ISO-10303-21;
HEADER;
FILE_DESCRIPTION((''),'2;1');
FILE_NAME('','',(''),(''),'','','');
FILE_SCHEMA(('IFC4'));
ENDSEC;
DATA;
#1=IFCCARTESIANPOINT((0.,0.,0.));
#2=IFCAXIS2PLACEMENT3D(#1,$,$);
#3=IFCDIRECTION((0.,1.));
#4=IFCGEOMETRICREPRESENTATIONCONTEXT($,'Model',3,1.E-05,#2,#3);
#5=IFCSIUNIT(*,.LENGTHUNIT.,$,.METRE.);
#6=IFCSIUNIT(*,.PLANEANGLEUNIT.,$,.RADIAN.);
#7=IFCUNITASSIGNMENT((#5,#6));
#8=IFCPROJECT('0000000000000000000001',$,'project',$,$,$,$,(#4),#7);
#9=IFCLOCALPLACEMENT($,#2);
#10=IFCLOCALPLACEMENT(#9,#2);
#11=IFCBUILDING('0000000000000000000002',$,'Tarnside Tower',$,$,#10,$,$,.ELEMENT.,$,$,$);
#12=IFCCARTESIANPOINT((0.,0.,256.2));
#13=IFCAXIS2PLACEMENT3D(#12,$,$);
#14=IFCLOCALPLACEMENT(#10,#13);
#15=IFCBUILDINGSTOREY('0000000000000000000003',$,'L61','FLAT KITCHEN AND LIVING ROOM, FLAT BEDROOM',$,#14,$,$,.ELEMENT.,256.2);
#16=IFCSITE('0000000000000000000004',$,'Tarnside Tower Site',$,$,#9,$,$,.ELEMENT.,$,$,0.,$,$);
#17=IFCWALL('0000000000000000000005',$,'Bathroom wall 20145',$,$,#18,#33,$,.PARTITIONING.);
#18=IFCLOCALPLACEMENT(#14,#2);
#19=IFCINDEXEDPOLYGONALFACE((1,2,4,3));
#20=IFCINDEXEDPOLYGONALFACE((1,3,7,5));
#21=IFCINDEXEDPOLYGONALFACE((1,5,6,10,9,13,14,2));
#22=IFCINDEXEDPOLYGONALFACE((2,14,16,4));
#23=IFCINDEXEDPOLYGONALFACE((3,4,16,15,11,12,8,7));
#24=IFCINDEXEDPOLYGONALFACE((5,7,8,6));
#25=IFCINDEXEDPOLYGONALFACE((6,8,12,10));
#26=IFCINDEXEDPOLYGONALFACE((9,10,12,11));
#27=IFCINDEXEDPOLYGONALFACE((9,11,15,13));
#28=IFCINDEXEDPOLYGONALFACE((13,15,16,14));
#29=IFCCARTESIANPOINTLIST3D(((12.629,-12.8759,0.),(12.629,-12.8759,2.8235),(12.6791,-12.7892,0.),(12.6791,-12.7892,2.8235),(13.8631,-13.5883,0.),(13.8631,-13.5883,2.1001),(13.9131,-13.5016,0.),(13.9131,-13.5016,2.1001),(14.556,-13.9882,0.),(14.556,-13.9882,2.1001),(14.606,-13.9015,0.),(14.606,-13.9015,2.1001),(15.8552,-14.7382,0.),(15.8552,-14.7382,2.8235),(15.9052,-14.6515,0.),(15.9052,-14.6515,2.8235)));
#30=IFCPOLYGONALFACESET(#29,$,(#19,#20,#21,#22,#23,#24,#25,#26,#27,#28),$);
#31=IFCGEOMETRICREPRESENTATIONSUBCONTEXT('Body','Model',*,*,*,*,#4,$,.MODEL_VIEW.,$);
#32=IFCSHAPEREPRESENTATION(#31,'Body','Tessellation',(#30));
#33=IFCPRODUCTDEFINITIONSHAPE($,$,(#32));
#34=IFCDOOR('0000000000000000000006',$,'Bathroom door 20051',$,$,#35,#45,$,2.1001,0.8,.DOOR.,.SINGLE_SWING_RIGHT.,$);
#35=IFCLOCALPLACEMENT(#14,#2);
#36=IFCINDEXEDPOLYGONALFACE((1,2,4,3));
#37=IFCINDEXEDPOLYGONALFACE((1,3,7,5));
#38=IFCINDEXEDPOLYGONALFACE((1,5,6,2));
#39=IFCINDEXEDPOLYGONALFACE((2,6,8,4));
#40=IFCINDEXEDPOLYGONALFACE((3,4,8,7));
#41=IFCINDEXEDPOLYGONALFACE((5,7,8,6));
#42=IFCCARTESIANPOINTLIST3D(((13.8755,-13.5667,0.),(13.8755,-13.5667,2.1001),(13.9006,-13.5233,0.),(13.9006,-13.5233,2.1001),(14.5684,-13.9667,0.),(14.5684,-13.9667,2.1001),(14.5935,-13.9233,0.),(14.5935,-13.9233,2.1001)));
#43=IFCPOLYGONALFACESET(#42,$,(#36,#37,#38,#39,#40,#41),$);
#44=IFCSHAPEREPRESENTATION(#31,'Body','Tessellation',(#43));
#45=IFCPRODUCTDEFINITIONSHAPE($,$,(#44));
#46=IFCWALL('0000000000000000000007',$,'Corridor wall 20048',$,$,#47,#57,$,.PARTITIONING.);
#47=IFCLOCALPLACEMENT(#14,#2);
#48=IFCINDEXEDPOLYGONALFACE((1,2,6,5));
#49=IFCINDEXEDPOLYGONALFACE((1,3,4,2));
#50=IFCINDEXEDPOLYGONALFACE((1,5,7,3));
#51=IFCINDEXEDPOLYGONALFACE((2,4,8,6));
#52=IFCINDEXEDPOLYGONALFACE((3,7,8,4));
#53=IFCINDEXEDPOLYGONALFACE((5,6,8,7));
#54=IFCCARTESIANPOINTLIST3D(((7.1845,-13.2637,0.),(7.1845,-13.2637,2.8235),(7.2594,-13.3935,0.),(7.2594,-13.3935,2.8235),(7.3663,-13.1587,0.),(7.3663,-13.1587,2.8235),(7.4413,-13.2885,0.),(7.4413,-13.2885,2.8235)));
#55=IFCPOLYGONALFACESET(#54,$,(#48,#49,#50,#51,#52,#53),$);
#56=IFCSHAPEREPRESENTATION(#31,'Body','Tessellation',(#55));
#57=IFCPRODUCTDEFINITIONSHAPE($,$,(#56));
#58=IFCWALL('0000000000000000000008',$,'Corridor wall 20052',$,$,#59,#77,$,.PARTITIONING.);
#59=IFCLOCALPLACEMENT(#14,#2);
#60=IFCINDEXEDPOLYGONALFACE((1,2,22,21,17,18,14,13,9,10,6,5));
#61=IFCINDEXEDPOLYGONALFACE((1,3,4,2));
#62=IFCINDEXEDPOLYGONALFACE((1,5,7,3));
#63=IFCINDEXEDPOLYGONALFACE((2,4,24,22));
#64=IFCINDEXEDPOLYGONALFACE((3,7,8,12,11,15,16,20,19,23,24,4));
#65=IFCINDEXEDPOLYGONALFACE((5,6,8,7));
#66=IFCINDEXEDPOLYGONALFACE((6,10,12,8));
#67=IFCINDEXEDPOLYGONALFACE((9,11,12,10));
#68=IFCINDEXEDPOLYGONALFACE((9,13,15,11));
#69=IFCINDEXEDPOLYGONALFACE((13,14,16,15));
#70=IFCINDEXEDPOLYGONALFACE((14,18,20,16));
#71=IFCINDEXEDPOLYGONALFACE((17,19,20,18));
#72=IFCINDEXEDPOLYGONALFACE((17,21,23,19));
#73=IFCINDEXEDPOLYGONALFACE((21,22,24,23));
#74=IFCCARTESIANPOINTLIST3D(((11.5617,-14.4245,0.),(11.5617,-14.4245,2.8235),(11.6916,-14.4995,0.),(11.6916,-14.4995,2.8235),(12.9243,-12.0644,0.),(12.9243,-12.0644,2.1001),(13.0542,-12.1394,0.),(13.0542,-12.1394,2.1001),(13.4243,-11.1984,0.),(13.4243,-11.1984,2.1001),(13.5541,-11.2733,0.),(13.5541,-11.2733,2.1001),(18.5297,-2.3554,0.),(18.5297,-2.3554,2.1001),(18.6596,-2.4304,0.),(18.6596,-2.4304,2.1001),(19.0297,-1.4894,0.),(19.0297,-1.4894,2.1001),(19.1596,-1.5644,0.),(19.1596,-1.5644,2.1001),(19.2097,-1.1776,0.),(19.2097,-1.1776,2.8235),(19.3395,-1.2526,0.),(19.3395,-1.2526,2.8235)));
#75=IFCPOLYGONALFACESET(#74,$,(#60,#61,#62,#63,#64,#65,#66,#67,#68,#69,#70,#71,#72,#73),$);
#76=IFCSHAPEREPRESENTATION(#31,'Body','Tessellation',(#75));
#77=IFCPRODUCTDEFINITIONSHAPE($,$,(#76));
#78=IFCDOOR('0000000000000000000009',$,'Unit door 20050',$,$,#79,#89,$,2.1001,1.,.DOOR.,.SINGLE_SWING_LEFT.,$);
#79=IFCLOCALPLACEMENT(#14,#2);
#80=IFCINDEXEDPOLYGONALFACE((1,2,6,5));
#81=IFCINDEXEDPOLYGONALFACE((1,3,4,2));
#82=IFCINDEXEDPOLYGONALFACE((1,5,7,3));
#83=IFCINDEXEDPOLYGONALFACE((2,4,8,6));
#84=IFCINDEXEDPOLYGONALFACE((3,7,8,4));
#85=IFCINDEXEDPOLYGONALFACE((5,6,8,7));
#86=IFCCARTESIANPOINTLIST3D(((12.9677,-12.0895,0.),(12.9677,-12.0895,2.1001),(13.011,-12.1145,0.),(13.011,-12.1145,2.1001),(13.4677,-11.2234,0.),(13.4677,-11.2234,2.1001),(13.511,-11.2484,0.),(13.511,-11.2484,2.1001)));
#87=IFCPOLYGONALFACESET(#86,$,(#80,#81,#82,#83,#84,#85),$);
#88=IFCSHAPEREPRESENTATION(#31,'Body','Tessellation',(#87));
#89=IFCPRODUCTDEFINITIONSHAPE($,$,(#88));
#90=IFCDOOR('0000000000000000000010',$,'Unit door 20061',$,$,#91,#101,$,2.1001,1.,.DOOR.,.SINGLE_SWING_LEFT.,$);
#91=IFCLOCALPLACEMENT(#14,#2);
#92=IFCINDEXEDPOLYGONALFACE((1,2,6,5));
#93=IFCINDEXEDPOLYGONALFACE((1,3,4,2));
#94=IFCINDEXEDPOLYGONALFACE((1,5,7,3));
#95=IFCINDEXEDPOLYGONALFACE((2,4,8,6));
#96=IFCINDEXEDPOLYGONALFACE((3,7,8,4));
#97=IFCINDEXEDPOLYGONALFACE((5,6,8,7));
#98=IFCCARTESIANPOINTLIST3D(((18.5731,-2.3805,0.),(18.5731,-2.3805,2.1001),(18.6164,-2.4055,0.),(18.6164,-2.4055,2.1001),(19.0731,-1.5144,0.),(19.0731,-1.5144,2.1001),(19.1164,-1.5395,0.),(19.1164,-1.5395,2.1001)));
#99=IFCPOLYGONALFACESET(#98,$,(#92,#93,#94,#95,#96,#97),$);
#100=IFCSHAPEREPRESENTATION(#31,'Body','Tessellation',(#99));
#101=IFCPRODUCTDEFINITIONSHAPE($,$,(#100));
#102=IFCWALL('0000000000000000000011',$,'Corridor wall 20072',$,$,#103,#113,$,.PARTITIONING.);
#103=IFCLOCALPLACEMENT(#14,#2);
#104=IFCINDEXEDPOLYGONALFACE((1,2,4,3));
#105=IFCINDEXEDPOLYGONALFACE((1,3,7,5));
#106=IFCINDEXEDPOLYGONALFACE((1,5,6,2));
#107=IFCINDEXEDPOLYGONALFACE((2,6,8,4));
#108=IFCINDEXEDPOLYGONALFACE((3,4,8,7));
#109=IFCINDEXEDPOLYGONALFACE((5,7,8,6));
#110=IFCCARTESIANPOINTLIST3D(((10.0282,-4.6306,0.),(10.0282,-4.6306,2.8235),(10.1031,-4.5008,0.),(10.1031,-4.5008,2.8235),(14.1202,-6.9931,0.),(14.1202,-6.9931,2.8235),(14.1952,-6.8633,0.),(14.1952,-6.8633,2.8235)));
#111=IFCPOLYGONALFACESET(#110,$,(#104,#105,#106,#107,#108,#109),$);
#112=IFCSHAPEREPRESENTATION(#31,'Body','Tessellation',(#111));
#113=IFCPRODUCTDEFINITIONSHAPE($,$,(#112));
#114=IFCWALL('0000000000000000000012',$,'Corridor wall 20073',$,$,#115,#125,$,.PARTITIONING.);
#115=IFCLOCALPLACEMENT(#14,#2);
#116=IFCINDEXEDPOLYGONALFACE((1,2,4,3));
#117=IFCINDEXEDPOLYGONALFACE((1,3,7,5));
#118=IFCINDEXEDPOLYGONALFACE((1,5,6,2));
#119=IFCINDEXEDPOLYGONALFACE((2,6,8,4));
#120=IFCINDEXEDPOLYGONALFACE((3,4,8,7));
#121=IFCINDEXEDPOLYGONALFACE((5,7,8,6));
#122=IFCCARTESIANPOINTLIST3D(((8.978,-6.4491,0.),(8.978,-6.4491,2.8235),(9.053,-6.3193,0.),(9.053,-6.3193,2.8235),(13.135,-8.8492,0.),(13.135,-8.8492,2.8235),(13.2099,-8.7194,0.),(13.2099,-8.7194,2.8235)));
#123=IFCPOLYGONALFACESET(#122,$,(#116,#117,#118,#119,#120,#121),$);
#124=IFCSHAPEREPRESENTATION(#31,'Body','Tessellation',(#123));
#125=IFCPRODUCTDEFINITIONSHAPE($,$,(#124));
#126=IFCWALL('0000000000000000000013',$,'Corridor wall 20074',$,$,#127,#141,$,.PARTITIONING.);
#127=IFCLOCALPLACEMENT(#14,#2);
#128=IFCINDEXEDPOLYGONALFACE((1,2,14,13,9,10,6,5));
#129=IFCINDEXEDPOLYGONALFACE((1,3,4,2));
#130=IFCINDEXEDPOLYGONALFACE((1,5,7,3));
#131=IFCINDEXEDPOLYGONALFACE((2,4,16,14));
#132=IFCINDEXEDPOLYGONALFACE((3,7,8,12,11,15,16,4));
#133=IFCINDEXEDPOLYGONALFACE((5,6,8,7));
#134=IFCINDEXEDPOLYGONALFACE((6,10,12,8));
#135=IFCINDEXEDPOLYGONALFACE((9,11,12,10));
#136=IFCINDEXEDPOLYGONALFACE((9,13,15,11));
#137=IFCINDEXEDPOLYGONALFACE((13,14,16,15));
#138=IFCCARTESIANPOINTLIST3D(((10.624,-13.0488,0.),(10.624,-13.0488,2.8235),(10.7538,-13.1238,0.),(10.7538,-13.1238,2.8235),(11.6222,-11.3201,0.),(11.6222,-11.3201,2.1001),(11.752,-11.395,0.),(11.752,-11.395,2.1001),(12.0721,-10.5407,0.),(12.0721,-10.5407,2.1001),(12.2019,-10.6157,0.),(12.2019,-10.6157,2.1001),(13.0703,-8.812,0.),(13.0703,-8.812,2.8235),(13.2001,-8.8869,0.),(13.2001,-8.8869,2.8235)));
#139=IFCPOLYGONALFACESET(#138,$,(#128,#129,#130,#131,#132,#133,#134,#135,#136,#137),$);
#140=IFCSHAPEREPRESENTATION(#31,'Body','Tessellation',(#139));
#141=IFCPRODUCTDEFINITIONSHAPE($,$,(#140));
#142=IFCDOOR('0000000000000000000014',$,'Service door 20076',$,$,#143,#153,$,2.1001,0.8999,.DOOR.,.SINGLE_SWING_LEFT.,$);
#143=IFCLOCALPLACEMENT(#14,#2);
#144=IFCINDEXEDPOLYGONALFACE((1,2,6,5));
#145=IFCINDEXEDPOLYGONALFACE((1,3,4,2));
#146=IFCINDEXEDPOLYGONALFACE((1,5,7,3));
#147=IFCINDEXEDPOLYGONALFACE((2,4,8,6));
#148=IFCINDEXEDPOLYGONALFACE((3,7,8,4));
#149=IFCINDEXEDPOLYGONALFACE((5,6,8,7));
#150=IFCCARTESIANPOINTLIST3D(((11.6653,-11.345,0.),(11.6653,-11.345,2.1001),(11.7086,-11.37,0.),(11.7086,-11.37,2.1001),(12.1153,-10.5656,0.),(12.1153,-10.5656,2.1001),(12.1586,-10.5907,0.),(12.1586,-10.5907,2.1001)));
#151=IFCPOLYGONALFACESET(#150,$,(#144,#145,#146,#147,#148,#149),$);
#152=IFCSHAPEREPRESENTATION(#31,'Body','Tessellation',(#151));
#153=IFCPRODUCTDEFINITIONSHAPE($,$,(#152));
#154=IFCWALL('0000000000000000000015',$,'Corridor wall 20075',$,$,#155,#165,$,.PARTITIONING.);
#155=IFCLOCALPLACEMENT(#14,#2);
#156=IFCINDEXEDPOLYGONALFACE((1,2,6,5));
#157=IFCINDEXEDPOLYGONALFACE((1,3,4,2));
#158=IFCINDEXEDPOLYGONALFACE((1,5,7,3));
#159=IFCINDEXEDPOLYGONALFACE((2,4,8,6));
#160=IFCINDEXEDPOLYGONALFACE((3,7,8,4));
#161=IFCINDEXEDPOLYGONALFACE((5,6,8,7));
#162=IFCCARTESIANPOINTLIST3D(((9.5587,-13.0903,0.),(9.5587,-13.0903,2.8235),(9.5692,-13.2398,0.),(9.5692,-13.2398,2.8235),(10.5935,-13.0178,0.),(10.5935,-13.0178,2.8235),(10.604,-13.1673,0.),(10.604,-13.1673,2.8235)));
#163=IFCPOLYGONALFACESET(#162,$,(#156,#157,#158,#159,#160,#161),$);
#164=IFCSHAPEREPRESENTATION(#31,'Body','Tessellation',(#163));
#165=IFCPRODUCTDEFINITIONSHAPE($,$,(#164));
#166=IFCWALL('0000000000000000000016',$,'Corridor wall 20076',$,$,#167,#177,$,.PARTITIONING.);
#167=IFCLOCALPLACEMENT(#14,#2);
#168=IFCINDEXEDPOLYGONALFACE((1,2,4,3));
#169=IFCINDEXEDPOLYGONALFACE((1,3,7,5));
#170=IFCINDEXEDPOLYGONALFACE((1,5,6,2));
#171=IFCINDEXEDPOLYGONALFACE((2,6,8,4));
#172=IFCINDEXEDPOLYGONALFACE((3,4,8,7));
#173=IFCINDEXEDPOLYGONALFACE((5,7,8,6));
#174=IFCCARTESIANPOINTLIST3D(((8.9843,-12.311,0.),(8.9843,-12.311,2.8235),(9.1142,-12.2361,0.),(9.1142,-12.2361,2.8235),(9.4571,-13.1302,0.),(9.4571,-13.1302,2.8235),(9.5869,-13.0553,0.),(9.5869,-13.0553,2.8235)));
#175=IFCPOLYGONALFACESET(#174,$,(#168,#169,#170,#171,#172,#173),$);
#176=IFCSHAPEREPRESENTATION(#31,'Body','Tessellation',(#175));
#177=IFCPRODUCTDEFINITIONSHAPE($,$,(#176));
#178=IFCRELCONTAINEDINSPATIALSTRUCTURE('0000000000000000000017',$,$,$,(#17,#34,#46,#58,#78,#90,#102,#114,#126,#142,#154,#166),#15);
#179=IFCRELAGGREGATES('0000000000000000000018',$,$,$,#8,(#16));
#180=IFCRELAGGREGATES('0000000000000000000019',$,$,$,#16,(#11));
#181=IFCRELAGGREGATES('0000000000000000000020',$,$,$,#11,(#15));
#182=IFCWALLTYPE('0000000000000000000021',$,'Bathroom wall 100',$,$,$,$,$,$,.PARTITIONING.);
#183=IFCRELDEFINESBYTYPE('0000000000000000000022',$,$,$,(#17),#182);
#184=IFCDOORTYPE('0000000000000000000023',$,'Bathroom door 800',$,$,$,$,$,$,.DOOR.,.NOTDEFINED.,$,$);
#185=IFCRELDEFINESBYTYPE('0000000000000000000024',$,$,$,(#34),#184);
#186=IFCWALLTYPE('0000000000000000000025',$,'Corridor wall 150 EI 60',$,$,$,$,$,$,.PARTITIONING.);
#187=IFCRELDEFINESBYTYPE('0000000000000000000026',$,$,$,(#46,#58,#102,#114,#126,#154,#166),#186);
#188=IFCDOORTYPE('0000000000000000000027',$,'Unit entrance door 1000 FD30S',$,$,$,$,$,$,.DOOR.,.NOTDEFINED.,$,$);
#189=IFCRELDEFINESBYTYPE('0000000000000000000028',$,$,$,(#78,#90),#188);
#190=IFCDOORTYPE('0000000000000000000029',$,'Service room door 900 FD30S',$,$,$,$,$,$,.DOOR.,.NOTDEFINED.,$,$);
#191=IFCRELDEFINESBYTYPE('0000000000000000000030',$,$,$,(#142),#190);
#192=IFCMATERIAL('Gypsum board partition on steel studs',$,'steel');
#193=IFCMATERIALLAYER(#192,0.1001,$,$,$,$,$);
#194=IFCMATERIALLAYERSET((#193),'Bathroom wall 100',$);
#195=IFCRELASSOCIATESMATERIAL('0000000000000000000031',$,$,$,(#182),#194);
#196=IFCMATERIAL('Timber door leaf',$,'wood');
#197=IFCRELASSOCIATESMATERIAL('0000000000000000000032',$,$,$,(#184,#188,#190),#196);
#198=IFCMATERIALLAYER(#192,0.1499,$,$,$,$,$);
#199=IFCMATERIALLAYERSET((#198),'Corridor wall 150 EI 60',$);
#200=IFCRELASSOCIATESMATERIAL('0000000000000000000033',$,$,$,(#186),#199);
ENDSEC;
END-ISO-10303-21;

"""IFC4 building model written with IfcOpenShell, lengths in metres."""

from ifc_helpers import new_model, si_unit, direction, frame, frame_2d, origin, place, context, subcontext, project, spatial, rectangle, extrude, material, layer, layer_set, type_object, element, fill, save


model = new_model("IFC4")

# Units and contexts
model_context = context("Model", 3, precision=1e-05, world=origin(), true_north=direction((0.0, 1.0)))
body_context = subcontext(model_context, "Body", "Model", "MODEL_VIEW")
ifc_project = project(units=[si_unit("LENGTHUNIT", "METRE"), si_unit("PLANEANGLEUNIT", "RADIAN")], contexts=[model_context])

# Site, building, storey
site_placement = place(None, origin())
site = spatial("IfcSite", under=ifc_project, at=site_placement, Name="Tarnside Tower Site", CompositionType="ELEMENT", RefElevation=0.0)
building_placement = place(site_placement, origin())
building = spatial("IfcBuilding", under=site, at=building_placement, Name="Tarnside Tower", CompositionType="ELEMENT")
storey_placement = place(building_placement, frame((0.0, 0.0, 256.2)))
storey = spatial("IfcBuildingStorey", under=building, at=storey_placement, Name="L61", Description="FLAT KITCHEN AND LIVING ROOM, FLAT BEDROOM", CompositionType="ELEMENT", Elevation=256.2)

# Wall, opening, door
ifc_material_1 = material(Name="Gypsum board partition on steel studs", Category="steel")
ifc_layer_1 = layer(ifc_material_1, 0.1001)
ifc_layer_set_1 = layer_set([ifc_layer_1], Name="Bathroom wall 100")
wall_type_1 = type_object("IfcWallType", Name="Bathroom wall 100", PredefinedType="PARTITIONING", material=ifc_layer_set_1)
wall_1_placement = place(storey_placement, frame((12.6541, -12.8325, 0.0), z_axis=(0.0, 0.0, 1.0), x_axis=(0.866057, -0.499946, 0.0)))
wall_1 = element("IfcWall", 1, at=wall_1_placement, inside=storey, type_object=wall_type_1, Name="Bathroom wall 20145", PredefinedType="PARTITIONING", context=body_context, shape_type="SweptSolid", body=[
    extrude(rectangle(XDim=3.7251, YDim=0.1001, at=frame_2d((1.8625, 0.0))), origin(), (0.0, 0.0, 1.0), 2.8235),
])
opening_1_placement = place(wall_1_placement, frame((1.425, 0.0, 0.0)))
opening_1 = element("IfcOpeningElement", 2, at=opening_1_placement, cuts=wall_1, PredefinedType="OPENING", context=body_context, shape_type="SweptSolid", body=[
    extrude(rectangle(XDim=0.8, YDim=2.1001, at=frame_2d((0.3999, 1.05))), frame((0.0, 0.0601, 0.0), z_axis=(0.0, -1.0, 0.0), x_axis=(1.0, 0.0, 0.0)), (0.0, 0.0, 1.0), 0.1201),
])
ifc_material_2 = material(Name="Timber door leaf", Category="wood")
door_type_1 = type_object("IfcDoorType", Name="Bathroom door 800", OperationType="NOTDEFINED", PredefinedType="DOOR", material=ifc_material_2)
door_1_placement = place(opening_1_placement, origin())
door_1 = element("IfcDoor", 3, at=door_1_placement, inside=storey, type_object=door_type_1, Name="Bathroom door 20051", OperationType="SINGLE_SWING_RIGHT", OverallHeight=2.1001, OverallWidth=0.8, PredefinedType="DOOR", context=body_context, shape_type="SweptSolid", body=[
    extrude(rectangle(XDim=0.8, YDim=2.1001, at=frame_2d((0.3999, 1.05))), frame((0.0, 0.0249, 0.0), z_axis=(0.0, -1.0, 0.0), x_axis=(1.0, 0.0, 0.0)), (0.0, 0.0, 1.0), 0.05),
])
fill(opening_1, door_1)

# Wall
ifc_layer_2 = layer(ifc_material_1, 0.1499)
ifc_layer_set_2 = layer_set([ifc_layer_2], Name="Corridor wall 150 EI 60")
wall_type_2 = type_object("IfcWallType", Name="Corridor wall 150 EI 60", PredefinedType="PARTITIONING", material=ifc_layer_set_2)
wall_2_placement = place(storey_placement, frame((7.4038, -13.2236, 0.0), z_axis=(0.0, 0.0, 1.0), x_axis=(-0.866089, -0.49989, 0.0)))
element("IfcWall", 4, at=wall_2_placement, inside=storey, type_object=wall_type_2, Name="Corridor wall 20048", PredefinedType="PARTITIONING", context=body_context, shape_type="SweptSolid", body=[
    extrude(rectangle(XDim=0.21, YDim=0.1499, at=frame_2d((0.105, 0.0))), origin(), (0.0, 0.0, 1.0), 2.8235),
])

# Wall, openings, doors
wall_3_placement = place(storey_placement, frame((11.6267, -14.4619, 0.0), z_axis=(0.0, 0.0, 1.0), x_axis=(0.499995, 0.866029, 0.0)))
wall_3 = element("IfcWall", 5, at=wall_3_placement, inside=storey, type_object=wall_type_2, Name="Corridor wall 20052", PredefinedType="PARTITIONING", context=body_context, shape_type="SweptSolid", body=[
    extrude(rectangle(XDim=15.2961, YDim=0.1499, at=frame_2d((7.6479, 0.0))), origin(), (0.0, 0.0, 1.0), 2.8235),
])
opening_2_placement = place(wall_3_placement, frame((2.7251, 0.0, 0.0)))
opening_2 = element("IfcOpeningElement", 6, at=opening_2_placement, cuts=wall_3, PredefinedType="OPENING", context=body_context, shape_type="SweptSolid", body=[
    extrude(rectangle(XDim=1.0, YDim=2.1001, at=frame_2d((0.5, 1.05))), frame((0.0, 0.085, 0.0), z_axis=(0.0, -1.0, 0.0), x_axis=(1.0, 0.0, 0.0)), (0.0, 0.0, 1.0), 0.1699),
])
opening_3_placement = place(wall_3_placement, frame((13.936, 0.0, 0.0)))
opening_3 = element("IfcOpeningElement", 7, at=opening_3_placement, cuts=wall_3, PredefinedType="OPENING", context=body_context, shape_type="SweptSolid", body=[
    extrude(rectangle(XDim=1.0, YDim=2.1001, at=frame_2d((0.5, 1.05))), frame((0.0, 0.085, 0.0), z_axis=(0.0, -1.0, 0.0), x_axis=(1.0, 0.0, 0.0)), (0.0, 0.0, 1.0), 0.1699),
])
door_type_2 = type_object("IfcDoorType", Name="Unit entrance door 1000 FD30S", OperationType="NOTDEFINED", PredefinedType="DOOR", material=ifc_material_2)
door_2_placement = place(opening_2_placement, origin())
door_2 = element("IfcDoor", 8, at=door_2_placement, inside=storey, type_object=door_type_2, Name="Unit door 20050", OperationType="SINGLE_SWING_LEFT", OverallHeight=2.1001, OverallWidth=1.0, PredefinedType="DOOR", context=body_context, shape_type="SweptSolid", body=[
    extrude(rectangle(XDim=1.0, YDim=2.1001, at=frame_2d((0.5, 1.05))), frame((0.0, 0.0249, 0.0), z_axis=(0.0, -1.0, 0.0), x_axis=(1.0, 0.0, 0.0)), (0.0, 0.0, 1.0), 0.05),
])
fill(opening_2, door_2)
door_3_placement = place(opening_3_placement, origin())
door_3 = element("IfcDoor", 9, at=door_3_placement, inside=storey, type_object=door_type_2, Name="Unit door 20061", OperationType="SINGLE_SWING_LEFT", OverallHeight=2.1001, OverallWidth=1.0, PredefinedType="DOOR", context=body_context, shape_type="SweptSolid", body=[
    extrude(rectangle(XDim=1.0, YDim=2.1001, at=frame_2d((0.5, 1.05))), frame((0.0, 0.0249, 0.0), z_axis=(0.0, -1.0, 0.0), x_axis=(1.0, 0.0, 0.0)), (0.0, 0.0, 1.0), 0.05),
])
fill(opening_3, door_3)

# Walls
wall_4_placement = place(storey_placement, frame((14.1577, -6.9282, 0.0), z_axis=(0.0, 0.0, 1.0), x_axis=(-0.866025, 0.500001, 0.0)))
element("IfcWall", 10, at=wall_4_placement, inside=storey, type_object=wall_type_2, Name="Corridor wall 20072", PredefinedType="PARTITIONING", context=body_context, shape_type="SweptSolid", body=[
    extrude(rectangle(XDim=4.7251, YDim=0.1499, at=frame_2d((2.3625, 0.0))), origin(), (0.0, 0.0, 1.0), 2.8235),
])
wall_5_placement = place(storey_placement, frame((9.0156, -6.3843, 0.0), z_axis=(0.0, 0.0, 1.0), x_axis=(0.866015, -0.500017, 0.0)))
element("IfcWall", 11, at=wall_5_placement, inside=storey, type_object=wall_type_2, Name="Corridor wall 20073", PredefinedType="PARTITIONING", context=body_context, shape_type="SweptSolid", body=[
    extrude(rectangle(XDim=4.8, YDim=0.1499, at=frame_2d((2.3999, 0.0))), origin(), (0.0, 0.0, 1.0), 2.8235),
])

# Wall, opening, door
wall_6_placement = place(storey_placement, frame((13.1353, -8.8494, 0.0), z_axis=(0.0, 0.0, 1.0), x_axis=(-0.500025, -0.866011, 0.0)))
wall_6 = element("IfcWall", 12, at=wall_6_placement, inside=storey, type_object=wall_type_2, Name="Corridor wall 20074", PredefinedType="PARTITIONING", context=body_context, shape_type="SweptSolid", body=[
    extrude(rectangle(XDim=4.8923, YDim=0.1499, at=frame_2d((2.4463, 0.0))), origin(), (0.0, 0.0, 1.0), 2.8235),
])
opening_4_placement = place(wall_6_placement, frame((1.9963, 0.0, 0.0)))
opening_4 = element("IfcOpeningElement", 13, at=opening_4_placement, cuts=wall_6, PredefinedType="OPENING", context=body_context, shape_type="SweptSolid", body=[
    extrude(rectangle(XDim=0.8999, YDim=2.1001, at=frame_2d((0.45, 1.05))), frame((0.0, 0.085, 0.0), z_axis=(0.0, -1.0, 0.0), x_axis=(1.0, 0.0, 0.0)), (0.0, 0.0, 1.0), 0.1699),
])
door_type_3 = type_object("IfcDoorType", Name="Service room door 900 FD30S", OperationType="NOTDEFINED", PredefinedType="DOOR", material=ifc_material_2)
door_4_placement = place(opening_4_placement, origin())
door_4 = element("IfcDoor", 14, at=door_4_placement, inside=storey, type_object=door_type_3, Name="Service door 20076", OperationType="SINGLE_SWING_LEFT", OverallHeight=2.1001, OverallWidth=0.8999, PredefinedType="DOOR", context=body_context, shape_type="SweptSolid", body=[
    extrude(rectangle(XDim=0.8999, YDim=2.1001, at=frame_2d((0.45, 1.05))), frame((0.0, 0.0249, 0.0), z_axis=(0.0, -1.0, 0.0), x_axis=(1.0, 0.0, 0.0)), (0.0, 0.0, 1.0), 0.05),
])
fill(opening_4, door_4)

# Walls
wall_7_placement = place(storey_placement, frame((10.5986, -13.0925, 0.0), z_axis=(0.0, 0.0, 1.0), x_axis=(-0.997555, -0.069892, 0.0)))
element("IfcWall", 15, at=wall_7_placement, inside=storey, type_object=wall_type_2, Name="Corridor wall 20075", PredefinedType="PARTITIONING", context=body_context, shape_type="SweptSolid", body=[
    extrude(rectangle(XDim=1.0374, YDim=0.1499, at=frame_2d((0.5186, 0.0))), origin(), (0.0, 0.0, 1.0), 2.8235),
])
wall_8_placement = place(storey_placement, frame((9.522, -13.0928, 0.0), z_axis=(0.0, 0.0, 1.0), x_axis=(-0.499804, 0.866138, 0.0)))
element("IfcWall", 16, at=wall_8_placement, inside=storey, type_object=wall_type_2, Name="Corridor wall 20076", PredefinedType="PARTITIONING", context=body_context, shape_type="SweptSolid", body=[
    extrude(rectangle(XDim=0.9458, YDim=0.1499, at=frame_2d((0.4729, 0.0))), origin(), (0.0, 0.0, 1.0), 2.8235),
])

save(model, "model.ifc")
